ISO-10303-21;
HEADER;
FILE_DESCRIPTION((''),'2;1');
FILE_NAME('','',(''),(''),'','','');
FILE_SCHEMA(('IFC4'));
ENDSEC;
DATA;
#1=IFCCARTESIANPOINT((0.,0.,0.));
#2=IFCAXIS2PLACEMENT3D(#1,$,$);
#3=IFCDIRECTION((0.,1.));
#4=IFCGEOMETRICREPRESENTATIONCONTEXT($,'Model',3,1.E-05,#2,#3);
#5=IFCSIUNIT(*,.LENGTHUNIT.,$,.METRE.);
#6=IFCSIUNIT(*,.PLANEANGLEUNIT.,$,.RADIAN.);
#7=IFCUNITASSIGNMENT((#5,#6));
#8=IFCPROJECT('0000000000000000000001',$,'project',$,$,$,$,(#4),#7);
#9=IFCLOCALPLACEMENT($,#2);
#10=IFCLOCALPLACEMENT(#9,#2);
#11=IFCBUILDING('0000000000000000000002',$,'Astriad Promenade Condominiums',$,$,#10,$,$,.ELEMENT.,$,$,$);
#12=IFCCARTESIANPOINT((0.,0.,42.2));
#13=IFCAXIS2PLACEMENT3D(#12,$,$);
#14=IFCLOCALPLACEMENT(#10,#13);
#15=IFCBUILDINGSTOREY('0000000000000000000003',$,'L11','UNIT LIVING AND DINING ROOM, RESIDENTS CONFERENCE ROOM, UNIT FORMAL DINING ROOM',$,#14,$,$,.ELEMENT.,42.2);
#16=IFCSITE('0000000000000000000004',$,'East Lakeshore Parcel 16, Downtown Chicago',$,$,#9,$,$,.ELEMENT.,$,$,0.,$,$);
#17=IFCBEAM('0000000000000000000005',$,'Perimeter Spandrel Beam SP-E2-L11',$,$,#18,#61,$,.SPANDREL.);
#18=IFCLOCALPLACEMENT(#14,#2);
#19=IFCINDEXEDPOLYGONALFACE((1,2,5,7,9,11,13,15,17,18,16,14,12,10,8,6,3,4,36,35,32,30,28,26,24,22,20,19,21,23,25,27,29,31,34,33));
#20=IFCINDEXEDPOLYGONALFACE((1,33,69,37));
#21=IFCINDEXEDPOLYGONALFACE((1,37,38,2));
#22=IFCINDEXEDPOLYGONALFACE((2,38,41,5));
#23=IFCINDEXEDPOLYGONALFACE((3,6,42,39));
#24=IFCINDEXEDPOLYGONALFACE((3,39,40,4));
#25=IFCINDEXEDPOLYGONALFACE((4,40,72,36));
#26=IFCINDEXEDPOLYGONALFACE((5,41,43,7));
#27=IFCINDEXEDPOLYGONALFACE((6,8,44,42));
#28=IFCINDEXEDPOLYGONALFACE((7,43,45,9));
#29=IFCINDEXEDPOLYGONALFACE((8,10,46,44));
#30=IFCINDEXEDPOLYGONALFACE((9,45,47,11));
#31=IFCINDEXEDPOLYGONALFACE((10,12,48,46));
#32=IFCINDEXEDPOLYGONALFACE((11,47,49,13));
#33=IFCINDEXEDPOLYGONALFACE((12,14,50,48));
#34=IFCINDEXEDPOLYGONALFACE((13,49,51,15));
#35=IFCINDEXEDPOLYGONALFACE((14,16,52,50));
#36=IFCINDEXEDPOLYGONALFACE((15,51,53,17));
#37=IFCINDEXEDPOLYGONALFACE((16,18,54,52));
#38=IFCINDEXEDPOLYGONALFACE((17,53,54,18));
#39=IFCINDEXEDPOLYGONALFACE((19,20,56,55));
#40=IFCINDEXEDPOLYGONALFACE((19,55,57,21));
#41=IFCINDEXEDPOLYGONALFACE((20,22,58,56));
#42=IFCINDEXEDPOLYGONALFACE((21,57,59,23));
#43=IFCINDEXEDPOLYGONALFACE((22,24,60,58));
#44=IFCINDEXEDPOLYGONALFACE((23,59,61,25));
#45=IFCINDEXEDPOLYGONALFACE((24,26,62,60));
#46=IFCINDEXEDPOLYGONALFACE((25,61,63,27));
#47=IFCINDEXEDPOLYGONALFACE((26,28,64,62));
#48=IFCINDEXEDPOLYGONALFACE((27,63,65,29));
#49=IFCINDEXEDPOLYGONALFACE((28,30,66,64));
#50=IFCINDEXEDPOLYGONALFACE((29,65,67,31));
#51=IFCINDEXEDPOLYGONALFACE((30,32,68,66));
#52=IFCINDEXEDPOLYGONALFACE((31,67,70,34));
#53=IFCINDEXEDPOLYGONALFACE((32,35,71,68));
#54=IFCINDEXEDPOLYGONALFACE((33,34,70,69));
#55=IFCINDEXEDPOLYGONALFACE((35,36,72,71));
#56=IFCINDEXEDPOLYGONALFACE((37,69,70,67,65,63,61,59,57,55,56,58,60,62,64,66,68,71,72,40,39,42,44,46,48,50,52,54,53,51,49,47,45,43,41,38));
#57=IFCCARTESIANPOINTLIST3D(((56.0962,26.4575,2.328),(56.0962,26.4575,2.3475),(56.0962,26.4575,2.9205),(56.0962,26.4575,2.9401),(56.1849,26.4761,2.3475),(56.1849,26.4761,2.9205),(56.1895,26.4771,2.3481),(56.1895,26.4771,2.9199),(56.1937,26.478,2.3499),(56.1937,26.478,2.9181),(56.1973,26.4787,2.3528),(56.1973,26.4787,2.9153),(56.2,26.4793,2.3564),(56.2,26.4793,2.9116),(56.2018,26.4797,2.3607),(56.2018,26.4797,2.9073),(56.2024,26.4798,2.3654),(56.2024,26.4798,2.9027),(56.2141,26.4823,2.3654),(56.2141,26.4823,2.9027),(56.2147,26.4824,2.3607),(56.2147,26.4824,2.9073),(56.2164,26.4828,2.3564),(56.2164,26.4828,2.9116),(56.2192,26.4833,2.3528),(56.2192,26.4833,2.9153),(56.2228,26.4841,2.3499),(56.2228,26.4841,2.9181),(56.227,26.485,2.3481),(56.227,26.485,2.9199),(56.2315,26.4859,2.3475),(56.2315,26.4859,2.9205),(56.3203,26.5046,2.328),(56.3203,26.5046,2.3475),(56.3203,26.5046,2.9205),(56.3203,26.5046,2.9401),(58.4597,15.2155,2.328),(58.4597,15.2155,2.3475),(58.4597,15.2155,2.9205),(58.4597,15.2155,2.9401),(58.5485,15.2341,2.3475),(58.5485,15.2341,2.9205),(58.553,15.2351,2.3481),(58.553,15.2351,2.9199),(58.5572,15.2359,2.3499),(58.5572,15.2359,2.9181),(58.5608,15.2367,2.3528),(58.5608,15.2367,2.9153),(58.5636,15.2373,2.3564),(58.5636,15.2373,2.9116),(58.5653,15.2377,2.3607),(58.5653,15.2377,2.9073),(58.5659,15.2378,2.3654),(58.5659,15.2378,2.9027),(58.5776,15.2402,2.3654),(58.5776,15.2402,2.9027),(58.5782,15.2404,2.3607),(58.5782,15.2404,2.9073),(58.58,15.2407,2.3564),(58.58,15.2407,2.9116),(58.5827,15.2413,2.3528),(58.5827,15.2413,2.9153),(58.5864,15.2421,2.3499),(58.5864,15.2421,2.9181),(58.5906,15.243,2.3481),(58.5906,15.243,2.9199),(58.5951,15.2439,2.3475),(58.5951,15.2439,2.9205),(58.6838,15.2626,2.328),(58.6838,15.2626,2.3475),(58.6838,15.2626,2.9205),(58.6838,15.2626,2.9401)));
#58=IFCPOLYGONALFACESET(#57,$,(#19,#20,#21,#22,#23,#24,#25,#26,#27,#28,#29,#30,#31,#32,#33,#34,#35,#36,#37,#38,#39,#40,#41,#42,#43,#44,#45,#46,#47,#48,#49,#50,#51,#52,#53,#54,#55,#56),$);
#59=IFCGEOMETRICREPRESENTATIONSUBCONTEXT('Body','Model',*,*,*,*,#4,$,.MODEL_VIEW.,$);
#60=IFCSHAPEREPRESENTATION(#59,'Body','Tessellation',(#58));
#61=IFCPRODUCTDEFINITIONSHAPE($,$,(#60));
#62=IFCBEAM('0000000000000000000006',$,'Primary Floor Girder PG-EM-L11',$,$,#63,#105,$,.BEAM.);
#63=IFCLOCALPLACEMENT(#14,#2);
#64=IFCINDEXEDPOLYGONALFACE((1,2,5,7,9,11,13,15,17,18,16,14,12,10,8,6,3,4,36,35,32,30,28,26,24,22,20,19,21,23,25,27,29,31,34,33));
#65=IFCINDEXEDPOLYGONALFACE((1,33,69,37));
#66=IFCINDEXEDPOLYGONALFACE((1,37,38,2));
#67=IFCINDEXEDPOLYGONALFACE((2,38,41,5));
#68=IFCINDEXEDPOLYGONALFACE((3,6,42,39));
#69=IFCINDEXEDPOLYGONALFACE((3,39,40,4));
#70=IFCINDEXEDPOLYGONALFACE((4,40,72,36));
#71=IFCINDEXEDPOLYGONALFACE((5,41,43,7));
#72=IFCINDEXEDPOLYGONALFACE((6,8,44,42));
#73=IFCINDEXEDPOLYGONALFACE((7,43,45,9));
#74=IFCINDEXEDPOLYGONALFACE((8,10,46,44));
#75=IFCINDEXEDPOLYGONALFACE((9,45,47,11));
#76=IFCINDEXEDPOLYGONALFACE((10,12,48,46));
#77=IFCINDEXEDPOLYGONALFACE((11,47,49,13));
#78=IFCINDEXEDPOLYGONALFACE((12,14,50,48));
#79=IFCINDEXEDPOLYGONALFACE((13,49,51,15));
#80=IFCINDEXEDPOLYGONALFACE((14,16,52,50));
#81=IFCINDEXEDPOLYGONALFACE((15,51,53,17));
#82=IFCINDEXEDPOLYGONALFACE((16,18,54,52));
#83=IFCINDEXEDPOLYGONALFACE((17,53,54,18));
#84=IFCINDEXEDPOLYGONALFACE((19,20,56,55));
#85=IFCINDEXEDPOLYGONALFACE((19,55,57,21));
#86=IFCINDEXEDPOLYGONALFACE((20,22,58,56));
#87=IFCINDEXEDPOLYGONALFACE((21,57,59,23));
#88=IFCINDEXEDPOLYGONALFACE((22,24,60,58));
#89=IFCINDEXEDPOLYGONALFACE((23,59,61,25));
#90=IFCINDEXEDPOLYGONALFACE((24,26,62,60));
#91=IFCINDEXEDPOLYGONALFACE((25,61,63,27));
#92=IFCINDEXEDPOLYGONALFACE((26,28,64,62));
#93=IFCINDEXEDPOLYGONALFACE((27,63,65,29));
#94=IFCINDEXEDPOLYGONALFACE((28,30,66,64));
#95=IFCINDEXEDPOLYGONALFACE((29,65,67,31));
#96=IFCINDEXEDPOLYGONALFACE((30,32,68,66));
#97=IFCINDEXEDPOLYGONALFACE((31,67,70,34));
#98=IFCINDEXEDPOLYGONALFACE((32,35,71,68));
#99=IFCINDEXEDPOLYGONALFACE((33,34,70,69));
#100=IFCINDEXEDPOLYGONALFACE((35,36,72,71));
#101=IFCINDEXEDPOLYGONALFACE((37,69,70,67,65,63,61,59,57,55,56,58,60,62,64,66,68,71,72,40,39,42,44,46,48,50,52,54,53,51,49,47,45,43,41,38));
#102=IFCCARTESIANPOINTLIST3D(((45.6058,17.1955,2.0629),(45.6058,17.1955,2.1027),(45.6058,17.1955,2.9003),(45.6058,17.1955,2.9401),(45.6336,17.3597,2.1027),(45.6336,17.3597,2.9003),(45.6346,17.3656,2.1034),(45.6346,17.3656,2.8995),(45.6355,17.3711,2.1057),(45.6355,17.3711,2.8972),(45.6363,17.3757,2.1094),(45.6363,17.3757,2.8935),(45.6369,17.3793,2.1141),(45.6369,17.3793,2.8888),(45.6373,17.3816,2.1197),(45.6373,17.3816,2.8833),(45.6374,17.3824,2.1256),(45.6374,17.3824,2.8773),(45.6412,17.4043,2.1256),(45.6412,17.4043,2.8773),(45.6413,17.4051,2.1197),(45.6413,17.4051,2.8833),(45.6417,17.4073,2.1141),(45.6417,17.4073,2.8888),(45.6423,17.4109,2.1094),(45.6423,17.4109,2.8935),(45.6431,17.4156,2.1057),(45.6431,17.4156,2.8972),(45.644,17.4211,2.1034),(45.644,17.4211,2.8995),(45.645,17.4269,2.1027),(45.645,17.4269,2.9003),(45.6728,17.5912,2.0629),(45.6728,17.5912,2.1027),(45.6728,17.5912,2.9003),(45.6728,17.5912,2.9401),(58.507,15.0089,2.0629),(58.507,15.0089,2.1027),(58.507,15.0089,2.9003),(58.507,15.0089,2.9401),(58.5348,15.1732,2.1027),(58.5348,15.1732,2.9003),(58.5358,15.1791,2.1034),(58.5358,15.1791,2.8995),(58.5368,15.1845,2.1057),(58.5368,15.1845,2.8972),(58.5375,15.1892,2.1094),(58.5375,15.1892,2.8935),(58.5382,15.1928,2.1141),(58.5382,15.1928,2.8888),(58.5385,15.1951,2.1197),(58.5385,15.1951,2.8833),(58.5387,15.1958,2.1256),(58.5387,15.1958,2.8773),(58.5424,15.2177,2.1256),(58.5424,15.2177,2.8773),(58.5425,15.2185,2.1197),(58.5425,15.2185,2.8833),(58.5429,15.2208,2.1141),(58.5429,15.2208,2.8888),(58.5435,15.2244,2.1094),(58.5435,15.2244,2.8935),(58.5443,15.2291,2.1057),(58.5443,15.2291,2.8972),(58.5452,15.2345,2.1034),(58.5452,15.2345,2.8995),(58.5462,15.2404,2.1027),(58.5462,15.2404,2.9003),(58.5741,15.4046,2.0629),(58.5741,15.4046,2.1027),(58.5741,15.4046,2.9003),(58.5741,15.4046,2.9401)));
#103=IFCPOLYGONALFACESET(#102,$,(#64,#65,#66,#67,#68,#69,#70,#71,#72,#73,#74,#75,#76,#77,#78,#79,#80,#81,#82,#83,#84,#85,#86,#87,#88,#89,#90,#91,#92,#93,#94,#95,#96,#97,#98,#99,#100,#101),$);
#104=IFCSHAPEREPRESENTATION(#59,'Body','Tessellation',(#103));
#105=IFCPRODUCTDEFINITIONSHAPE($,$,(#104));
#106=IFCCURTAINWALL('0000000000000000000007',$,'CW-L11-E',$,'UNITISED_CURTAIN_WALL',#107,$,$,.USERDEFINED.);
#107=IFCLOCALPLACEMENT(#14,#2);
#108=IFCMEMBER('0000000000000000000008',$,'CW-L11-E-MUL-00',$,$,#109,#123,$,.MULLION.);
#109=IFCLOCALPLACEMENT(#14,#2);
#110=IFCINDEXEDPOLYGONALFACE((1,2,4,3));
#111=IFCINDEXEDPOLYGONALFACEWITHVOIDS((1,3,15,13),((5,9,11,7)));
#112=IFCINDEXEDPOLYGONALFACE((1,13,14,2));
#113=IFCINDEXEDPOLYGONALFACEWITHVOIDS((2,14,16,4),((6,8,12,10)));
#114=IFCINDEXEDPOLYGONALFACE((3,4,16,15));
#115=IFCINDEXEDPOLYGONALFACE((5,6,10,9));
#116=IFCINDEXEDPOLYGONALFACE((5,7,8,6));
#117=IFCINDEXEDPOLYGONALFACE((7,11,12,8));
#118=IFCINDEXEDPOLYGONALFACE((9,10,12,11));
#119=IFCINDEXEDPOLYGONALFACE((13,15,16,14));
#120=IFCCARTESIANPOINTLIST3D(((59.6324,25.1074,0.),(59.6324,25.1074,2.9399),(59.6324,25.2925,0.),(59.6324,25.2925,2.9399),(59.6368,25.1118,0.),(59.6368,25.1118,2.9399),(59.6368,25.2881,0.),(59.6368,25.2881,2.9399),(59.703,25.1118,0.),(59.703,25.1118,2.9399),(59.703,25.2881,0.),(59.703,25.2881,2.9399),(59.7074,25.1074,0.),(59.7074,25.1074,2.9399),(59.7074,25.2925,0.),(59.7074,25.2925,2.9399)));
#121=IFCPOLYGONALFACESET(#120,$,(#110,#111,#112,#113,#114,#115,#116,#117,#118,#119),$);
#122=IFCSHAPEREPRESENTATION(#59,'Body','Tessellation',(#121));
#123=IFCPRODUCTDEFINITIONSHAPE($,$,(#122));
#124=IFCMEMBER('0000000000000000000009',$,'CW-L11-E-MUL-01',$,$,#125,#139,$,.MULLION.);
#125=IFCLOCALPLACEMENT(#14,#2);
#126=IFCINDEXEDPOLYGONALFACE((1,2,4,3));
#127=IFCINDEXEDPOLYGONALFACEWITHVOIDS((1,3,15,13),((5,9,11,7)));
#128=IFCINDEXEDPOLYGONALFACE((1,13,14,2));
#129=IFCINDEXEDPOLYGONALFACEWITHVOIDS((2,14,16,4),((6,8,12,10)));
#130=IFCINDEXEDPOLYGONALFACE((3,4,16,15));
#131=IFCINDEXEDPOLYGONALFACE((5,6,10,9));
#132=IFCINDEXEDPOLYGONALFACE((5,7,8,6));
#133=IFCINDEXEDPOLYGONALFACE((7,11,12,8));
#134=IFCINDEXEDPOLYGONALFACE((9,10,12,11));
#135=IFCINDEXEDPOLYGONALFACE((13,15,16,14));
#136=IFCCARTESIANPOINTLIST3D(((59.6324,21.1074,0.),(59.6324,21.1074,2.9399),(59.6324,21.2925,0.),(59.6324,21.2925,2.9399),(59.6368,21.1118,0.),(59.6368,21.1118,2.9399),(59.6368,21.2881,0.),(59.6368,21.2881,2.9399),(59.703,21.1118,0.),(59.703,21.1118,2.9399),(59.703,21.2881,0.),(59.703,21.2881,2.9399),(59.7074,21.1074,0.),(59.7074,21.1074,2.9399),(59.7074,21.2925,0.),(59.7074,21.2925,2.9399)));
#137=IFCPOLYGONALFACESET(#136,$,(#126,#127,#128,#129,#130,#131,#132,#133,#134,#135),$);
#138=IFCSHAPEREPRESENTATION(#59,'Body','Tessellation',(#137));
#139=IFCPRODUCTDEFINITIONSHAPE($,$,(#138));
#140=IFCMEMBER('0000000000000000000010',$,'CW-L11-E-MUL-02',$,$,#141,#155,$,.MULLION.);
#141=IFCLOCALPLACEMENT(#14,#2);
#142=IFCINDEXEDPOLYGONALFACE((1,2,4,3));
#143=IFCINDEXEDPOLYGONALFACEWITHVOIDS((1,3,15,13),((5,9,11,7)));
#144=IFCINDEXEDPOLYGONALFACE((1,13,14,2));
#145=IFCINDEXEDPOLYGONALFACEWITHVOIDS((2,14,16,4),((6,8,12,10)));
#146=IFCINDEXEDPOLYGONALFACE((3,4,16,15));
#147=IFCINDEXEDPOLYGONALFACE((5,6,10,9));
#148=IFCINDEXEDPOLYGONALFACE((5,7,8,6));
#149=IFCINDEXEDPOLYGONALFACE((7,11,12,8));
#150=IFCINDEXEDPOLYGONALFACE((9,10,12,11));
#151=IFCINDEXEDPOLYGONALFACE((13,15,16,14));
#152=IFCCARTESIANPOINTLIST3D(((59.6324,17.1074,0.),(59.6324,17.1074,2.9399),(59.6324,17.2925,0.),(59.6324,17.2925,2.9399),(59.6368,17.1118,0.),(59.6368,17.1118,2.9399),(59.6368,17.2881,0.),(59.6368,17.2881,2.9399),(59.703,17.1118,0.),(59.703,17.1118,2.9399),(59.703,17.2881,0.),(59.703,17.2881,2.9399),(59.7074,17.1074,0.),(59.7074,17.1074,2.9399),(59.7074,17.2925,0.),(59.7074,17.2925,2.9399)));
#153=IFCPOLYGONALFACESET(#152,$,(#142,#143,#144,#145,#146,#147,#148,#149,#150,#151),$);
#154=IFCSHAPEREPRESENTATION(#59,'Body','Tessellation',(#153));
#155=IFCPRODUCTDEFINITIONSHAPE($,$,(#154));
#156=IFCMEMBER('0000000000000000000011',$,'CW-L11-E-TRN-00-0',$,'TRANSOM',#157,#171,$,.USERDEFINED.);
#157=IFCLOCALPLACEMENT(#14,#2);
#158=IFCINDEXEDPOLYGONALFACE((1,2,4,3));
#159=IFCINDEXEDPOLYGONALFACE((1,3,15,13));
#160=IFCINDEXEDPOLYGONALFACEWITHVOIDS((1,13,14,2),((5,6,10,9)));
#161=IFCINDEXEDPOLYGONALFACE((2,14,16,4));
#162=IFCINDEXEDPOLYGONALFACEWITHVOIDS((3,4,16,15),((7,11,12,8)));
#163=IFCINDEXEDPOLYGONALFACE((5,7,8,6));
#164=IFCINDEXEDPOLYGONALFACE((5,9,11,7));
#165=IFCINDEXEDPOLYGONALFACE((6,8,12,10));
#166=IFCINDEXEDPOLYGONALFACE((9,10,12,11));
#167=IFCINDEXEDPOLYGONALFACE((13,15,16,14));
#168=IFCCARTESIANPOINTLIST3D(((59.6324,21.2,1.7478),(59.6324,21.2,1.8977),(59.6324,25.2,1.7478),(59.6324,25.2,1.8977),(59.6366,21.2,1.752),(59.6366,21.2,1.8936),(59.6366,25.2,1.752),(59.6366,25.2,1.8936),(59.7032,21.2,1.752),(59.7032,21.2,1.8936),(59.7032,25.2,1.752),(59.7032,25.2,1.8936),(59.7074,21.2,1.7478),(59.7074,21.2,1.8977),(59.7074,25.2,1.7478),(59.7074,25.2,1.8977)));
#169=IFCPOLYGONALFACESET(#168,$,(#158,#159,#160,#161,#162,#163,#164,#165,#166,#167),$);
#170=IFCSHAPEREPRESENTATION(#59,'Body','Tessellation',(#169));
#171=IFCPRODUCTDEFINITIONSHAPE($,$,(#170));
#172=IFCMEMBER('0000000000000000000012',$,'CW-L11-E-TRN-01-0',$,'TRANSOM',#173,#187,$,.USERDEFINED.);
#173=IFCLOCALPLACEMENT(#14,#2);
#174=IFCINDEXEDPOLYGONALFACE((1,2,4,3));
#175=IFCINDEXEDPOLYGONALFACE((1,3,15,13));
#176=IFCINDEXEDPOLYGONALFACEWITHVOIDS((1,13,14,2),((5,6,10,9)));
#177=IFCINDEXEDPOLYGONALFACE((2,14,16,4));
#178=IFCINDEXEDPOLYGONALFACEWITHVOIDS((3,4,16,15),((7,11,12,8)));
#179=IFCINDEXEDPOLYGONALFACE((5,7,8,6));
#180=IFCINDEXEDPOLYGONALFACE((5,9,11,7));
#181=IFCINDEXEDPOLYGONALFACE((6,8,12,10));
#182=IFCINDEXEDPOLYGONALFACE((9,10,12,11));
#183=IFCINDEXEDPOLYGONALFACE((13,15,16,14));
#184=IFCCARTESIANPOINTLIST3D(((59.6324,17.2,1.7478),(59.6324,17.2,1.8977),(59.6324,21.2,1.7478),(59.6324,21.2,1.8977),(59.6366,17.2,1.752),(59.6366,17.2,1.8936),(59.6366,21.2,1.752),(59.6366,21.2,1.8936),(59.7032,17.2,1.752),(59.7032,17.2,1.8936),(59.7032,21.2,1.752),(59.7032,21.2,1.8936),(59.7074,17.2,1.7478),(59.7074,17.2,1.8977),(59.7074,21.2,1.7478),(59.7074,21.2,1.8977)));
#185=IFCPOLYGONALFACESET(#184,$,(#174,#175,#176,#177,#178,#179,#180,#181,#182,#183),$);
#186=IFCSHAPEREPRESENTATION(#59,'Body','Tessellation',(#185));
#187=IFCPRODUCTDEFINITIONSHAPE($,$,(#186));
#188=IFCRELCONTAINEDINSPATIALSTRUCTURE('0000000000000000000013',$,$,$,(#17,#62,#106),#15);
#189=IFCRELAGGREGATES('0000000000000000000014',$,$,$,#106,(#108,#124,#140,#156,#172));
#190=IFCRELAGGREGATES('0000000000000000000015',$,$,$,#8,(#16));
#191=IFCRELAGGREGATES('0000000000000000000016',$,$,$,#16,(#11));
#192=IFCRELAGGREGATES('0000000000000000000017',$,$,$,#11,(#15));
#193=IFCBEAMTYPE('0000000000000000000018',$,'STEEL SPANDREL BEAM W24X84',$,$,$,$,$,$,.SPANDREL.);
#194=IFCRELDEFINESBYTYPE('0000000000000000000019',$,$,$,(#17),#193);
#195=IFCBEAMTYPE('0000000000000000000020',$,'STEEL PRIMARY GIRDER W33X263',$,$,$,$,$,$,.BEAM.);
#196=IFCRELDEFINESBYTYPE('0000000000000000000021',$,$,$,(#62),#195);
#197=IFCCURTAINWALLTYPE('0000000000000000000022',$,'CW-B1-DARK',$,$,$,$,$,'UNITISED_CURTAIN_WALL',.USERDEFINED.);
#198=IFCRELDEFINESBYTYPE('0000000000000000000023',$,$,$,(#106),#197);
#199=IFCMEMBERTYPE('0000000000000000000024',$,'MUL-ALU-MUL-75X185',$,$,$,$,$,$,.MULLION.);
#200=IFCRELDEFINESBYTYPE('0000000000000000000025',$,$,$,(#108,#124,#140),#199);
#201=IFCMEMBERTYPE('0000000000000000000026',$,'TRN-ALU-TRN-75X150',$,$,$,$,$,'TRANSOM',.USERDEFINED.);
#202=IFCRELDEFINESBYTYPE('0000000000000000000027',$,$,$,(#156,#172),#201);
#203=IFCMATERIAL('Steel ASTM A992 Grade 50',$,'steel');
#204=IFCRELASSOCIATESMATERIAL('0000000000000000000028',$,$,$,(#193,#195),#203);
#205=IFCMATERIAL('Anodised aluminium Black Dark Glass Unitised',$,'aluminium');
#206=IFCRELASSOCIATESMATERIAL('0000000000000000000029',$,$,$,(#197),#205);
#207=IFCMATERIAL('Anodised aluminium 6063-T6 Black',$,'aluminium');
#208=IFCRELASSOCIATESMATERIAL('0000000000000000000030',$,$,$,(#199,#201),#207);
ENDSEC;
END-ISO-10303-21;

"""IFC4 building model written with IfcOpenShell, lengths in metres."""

from ifc_helpers import new_model, si_unit, direction, frame, origin, origin_2d, place, context, subcontext, project, spatial, hollow_rectangle, i_section, extrude, source, transform, mapped, material, material_profile, profile_set, type_object, type_shapes, element, aggregate, save


model = new_model("IFC4")

# Units and contexts
model_context = context("Model", 3, precision=1e-05, world=origin(), true_north=direction((0.0, 1.0)))
body_context = subcontext(model_context, "Body", "Model", "MODEL_VIEW")
ifc_project = project(units=[si_unit("LENGTHUNIT", "METRE"), si_unit("PLANEANGLEUNIT", "RADIAN")], contexts=[model_context])

# Site, building, storey
site_placement = place(None, origin())
site = spatial("IfcSite", under=ifc_project, at=site_placement, Name="East Lakeshore Parcel 16, Downtown Chicago", CompositionType="ELEMENT", RefElevation=0.0)
building_placement = place(site_placement, origin())
building = spatial("IfcBuilding", under=site, at=building_placement, Name="Astriad Promenade Condominiums", CompositionType="ELEMENT")
storey_placement = place(building_placement, frame((0.0, 0.0, 42.2)))
storey = spatial("IfcBuildingStorey", under=building, at=storey_placement, Name="L11", Description="UNIT LIVING AND DINING ROOM, RESIDENTS CONFERENCE ROOM, UNIT FORMAL DINING ROOM", CompositionType="ELEMENT", Elevation=42.2)

# Beams
ifc_material_1 = material(Name="Steel ASTM A992 Grade 50", Category="steel")
ifc_material_profile_1 = material_profile(ifc_material_1, i_section(OverallWidth=0.229, OverallDepth=0.6121, WebThickness=0.012, FlangeThickness=0.0195, FilletRadius=0.0178, at=origin_2d()), Name="W24X84")
ifc_profile_set_1 = profile_set([ifc_material_profile_1], Name="Steel ASTM A992 Grade 50")
beam_type_1 = type_object("IfcBeamType", Name="STEEL SPANDREL BEAM W24X84", PredefinedType="SPANDREL", material=ifc_profile_set_1)
shared_shape_1 = source(origin(), body_context, "Body", "SweptSolid", [
    extrude(i_section(OverallWidth=0.229, OverallDepth=0.6121, WebThickness=0.012, FlangeThickness=0.0195, FilletRadius=0.0178, at=origin_2d()), origin(), (0.0, 0.0, 1.0), 11.4878),
])
type_shapes(beam_type_1, [shared_shape_1])
beam_1_placement = place(storey_placement, frame((58.5718, 15.239, 2.634), z_axis=(-0.205744, 0.978606, 0.0), x_axis=(-0.978606, -0.205744, 0.0)))
element("IfcBeam", 1, at=beam_1_placement, inside=storey, type_object=beam_type_1, Name="Perimeter Spandrel Beam SP-E2-L11", PredefinedType="SPANDREL", context=body_context, shape_type="MappedRepresentation", body=[
    mapped(shared_shape_1, transform((0.0, 0.0, 0.0), scale=1.0)),
])
ifc_material_profile_2 = material_profile(ifc_material_1, i_section(OverallWidth=0.4014, OverallDepth=0.8772, WebThickness=0.0222, FlangeThickness=0.0398, FilletRadius=0.0229, at=origin_2d()), Name="W33X263")
ifc_profile_set_2 = profile_set([ifc_material_profile_2], Name="Steel ASTM A992 Grade 50")
beam_type_2 = type_object("IfcBeamType", Name="STEEL PRIMARY GIRDER W33X263", PredefinedType="BEAM", material=ifc_profile_set_2)
shared_shape_2 = source(origin(), body_context, "Body", "SweptSolid", [
    extrude(i_section(OverallWidth=0.4014, OverallDepth=0.8772, WebThickness=0.0222, FlangeThickness=0.0398, FilletRadius=0.0229, at=origin_2d()), origin(), (0.0, 0.0, 1.0), 13.0852),
])
type_shapes(beam_type_2, [shared_shape_2])
beam_2_placement = place(storey_placement, frame((58.5405, 15.2068, 2.5015), z_axis=(-0.98594, 0.1671, 0.0), x_axis=(-0.1671, -0.98594, 0.0)))
element("IfcBeam", 2, at=beam_2_placement, inside=storey, type_object=beam_type_2, Name="Primary Floor Girder PG-EM-L11", PredefinedType="BEAM", context=body_context, shape_type="MappedRepresentation", body=[
    mapped(shared_shape_2, transform((0.0, 0.0, 0.0), scale=1.0)),
])

# Curtain wall, members
ifc_material_2 = material(Name="Anodised aluminium Black Dark Glass Unitised", Category="aluminium")
curtain_wall_type = type_object("IfcCurtainWallType", Name="CW-B1-DARK", ElementType="UNITISED_CURTAIN_WALL", PredefinedType="USERDEFINED", material=ifc_material_2)
curtain_wall_placement = place(storey_placement, origin())
curtain_wall = element("IfcCurtainWall", 3, at=curtain_wall_placement, inside=storey, type_object=curtain_wall_type, Name="CW-L11-E", ObjectType="UNITISED_CURTAIN_WALL", PredefinedType="USERDEFINED")
ifc_material_3 = material(Name="Anodised aluminium 6063-T6 Black", Category="aluminium")
ifc_material_profile_3 = material_profile(ifc_material_3, hollow_rectangle(XDim=0.075, YDim=0.1851, WallThickness=0.0044, at=origin_2d()), Name="ALU-MUL-75X185")
ifc_profile_set_3 = profile_set([ifc_material_profile_3], Name="Anodised aluminium 6063-T6 Black")
member_type_1 = type_object("IfcMemberType", Name="MUL-ALU-MUL-75X185", PredefinedType="MULLION", material=ifc_profile_set_3)
shared_shape_3 = source(origin(), body_context, "Body", "SweptSolid", [
    extrude(hollow_rectangle(XDim=0.075, YDim=0.1851, WallThickness=0.0044, at=origin_2d()), origin(), (0.0, 0.0, 1.0), 2.9399),
])
type_shapes(member_type_1, [shared_shape_3])
member_1_placement = place(storey_placement, frame((59.6699, 25.2, 0.0), z_axis=(0.0, 0.0, 1.0), x_axis=(1.0, 0.0, 0.0)))
member_1 = element("IfcMember", 4, at=member_1_placement, type_object=member_type_1, Name="CW-L11-E-MUL-00", PredefinedType="MULLION", context=body_context, shape_type="MappedRepresentation", body=[
    mapped(shared_shape_3, transform((0.0, 0.0, 0.0), scale=1.0)),
])
member_2_placement = place(storey_placement, frame((59.6699, 21.2, 0.0), z_axis=(0.0, 0.0, 1.0), x_axis=(1.0, 0.0, 0.0)))
member_2 = element("IfcMember", 5, at=member_2_placement, type_object=member_type_1, Name="CW-L11-E-MUL-01", PredefinedType="MULLION", context=body_context, shape_type="MappedRepresentation", body=[
    mapped(shared_shape_3, transform((0.0, 0.0, 0.0), scale=1.0)),
])
member_3_placement = place(storey_placement, frame((59.6699, 17.2, 0.0), z_axis=(0.0, 0.0, 1.0), x_axis=(1.0, 0.0, 0.0)))
member_3 = element("IfcMember", 6, at=member_3_placement, type_object=member_type_1, Name="CW-L11-E-MUL-02", PredefinedType="MULLION", context=body_context, shape_type="MappedRepresentation", body=[
    mapped(shared_shape_3, transform((0.0, 0.0, 0.0), scale=1.0)),
])
ifc_material_profile_4 = material_profile(ifc_material_3, hollow_rectangle(XDim=0.075, YDim=0.1499, WallThickness=0.0042, at=origin_2d()), Name="ALU-TRN-75X150")
ifc_profile_set_4 = profile_set([ifc_material_profile_4], Name="Anodised aluminium 6063-T6 Black")
member_type_2 = type_object("IfcMemberType", Name="TRN-ALU-TRN-75X150", ElementType="TRANSOM", PredefinedType="USERDEFINED", material=ifc_profile_set_4)
shared_shape_4 = source(origin(), body_context, "Body", "SweptSolid", [
    extrude(hollow_rectangle(XDim=0.075, YDim=0.1499, WallThickness=0.0042, at=origin_2d()), origin(), (0.0, 0.0, 1.0), 4.0),
])
type_shapes(member_type_2, [shared_shape_4])
member_4_placement = place(storey_placement, frame((59.6699, 25.2, 1.8228), z_axis=(0.0, -1.0, 0.0), x_axis=(1.0, 0.0, 0.0)))
member_4 = element("IfcMember", 7, at=member_4_placement, type_object=member_type_2, Name="CW-L11-E-TRN-00-0", ObjectType="TRANSOM", PredefinedType="USERDEFINED", context=body_context, shape_type="MappedRepresentation", body=[
    mapped(shared_shape_4, transform((0.0, 0.0, 0.0), scale=1.0)),
])
member_5_placement = place(storey_placement, frame((59.6699, 21.2, 1.8228), z_axis=(0.0, -1.0, 0.0), x_axis=(1.0, 0.0, 0.0)))
member_5 = element("IfcMember", 8, at=member_5_placement, type_object=member_type_2, Name="CW-L11-E-TRN-01-0", ObjectType="TRANSOM", PredefinedType="USERDEFINED", context=body_context, shape_type="MappedRepresentation", body=[
    mapped(shared_shape_4, transform((0.0, 0.0, 0.0), scale=1.0)),
])
aggregate(curtain_wall, [member_1, member_2, member_3, member_4, member_5])

save(model, "model.ifc")
